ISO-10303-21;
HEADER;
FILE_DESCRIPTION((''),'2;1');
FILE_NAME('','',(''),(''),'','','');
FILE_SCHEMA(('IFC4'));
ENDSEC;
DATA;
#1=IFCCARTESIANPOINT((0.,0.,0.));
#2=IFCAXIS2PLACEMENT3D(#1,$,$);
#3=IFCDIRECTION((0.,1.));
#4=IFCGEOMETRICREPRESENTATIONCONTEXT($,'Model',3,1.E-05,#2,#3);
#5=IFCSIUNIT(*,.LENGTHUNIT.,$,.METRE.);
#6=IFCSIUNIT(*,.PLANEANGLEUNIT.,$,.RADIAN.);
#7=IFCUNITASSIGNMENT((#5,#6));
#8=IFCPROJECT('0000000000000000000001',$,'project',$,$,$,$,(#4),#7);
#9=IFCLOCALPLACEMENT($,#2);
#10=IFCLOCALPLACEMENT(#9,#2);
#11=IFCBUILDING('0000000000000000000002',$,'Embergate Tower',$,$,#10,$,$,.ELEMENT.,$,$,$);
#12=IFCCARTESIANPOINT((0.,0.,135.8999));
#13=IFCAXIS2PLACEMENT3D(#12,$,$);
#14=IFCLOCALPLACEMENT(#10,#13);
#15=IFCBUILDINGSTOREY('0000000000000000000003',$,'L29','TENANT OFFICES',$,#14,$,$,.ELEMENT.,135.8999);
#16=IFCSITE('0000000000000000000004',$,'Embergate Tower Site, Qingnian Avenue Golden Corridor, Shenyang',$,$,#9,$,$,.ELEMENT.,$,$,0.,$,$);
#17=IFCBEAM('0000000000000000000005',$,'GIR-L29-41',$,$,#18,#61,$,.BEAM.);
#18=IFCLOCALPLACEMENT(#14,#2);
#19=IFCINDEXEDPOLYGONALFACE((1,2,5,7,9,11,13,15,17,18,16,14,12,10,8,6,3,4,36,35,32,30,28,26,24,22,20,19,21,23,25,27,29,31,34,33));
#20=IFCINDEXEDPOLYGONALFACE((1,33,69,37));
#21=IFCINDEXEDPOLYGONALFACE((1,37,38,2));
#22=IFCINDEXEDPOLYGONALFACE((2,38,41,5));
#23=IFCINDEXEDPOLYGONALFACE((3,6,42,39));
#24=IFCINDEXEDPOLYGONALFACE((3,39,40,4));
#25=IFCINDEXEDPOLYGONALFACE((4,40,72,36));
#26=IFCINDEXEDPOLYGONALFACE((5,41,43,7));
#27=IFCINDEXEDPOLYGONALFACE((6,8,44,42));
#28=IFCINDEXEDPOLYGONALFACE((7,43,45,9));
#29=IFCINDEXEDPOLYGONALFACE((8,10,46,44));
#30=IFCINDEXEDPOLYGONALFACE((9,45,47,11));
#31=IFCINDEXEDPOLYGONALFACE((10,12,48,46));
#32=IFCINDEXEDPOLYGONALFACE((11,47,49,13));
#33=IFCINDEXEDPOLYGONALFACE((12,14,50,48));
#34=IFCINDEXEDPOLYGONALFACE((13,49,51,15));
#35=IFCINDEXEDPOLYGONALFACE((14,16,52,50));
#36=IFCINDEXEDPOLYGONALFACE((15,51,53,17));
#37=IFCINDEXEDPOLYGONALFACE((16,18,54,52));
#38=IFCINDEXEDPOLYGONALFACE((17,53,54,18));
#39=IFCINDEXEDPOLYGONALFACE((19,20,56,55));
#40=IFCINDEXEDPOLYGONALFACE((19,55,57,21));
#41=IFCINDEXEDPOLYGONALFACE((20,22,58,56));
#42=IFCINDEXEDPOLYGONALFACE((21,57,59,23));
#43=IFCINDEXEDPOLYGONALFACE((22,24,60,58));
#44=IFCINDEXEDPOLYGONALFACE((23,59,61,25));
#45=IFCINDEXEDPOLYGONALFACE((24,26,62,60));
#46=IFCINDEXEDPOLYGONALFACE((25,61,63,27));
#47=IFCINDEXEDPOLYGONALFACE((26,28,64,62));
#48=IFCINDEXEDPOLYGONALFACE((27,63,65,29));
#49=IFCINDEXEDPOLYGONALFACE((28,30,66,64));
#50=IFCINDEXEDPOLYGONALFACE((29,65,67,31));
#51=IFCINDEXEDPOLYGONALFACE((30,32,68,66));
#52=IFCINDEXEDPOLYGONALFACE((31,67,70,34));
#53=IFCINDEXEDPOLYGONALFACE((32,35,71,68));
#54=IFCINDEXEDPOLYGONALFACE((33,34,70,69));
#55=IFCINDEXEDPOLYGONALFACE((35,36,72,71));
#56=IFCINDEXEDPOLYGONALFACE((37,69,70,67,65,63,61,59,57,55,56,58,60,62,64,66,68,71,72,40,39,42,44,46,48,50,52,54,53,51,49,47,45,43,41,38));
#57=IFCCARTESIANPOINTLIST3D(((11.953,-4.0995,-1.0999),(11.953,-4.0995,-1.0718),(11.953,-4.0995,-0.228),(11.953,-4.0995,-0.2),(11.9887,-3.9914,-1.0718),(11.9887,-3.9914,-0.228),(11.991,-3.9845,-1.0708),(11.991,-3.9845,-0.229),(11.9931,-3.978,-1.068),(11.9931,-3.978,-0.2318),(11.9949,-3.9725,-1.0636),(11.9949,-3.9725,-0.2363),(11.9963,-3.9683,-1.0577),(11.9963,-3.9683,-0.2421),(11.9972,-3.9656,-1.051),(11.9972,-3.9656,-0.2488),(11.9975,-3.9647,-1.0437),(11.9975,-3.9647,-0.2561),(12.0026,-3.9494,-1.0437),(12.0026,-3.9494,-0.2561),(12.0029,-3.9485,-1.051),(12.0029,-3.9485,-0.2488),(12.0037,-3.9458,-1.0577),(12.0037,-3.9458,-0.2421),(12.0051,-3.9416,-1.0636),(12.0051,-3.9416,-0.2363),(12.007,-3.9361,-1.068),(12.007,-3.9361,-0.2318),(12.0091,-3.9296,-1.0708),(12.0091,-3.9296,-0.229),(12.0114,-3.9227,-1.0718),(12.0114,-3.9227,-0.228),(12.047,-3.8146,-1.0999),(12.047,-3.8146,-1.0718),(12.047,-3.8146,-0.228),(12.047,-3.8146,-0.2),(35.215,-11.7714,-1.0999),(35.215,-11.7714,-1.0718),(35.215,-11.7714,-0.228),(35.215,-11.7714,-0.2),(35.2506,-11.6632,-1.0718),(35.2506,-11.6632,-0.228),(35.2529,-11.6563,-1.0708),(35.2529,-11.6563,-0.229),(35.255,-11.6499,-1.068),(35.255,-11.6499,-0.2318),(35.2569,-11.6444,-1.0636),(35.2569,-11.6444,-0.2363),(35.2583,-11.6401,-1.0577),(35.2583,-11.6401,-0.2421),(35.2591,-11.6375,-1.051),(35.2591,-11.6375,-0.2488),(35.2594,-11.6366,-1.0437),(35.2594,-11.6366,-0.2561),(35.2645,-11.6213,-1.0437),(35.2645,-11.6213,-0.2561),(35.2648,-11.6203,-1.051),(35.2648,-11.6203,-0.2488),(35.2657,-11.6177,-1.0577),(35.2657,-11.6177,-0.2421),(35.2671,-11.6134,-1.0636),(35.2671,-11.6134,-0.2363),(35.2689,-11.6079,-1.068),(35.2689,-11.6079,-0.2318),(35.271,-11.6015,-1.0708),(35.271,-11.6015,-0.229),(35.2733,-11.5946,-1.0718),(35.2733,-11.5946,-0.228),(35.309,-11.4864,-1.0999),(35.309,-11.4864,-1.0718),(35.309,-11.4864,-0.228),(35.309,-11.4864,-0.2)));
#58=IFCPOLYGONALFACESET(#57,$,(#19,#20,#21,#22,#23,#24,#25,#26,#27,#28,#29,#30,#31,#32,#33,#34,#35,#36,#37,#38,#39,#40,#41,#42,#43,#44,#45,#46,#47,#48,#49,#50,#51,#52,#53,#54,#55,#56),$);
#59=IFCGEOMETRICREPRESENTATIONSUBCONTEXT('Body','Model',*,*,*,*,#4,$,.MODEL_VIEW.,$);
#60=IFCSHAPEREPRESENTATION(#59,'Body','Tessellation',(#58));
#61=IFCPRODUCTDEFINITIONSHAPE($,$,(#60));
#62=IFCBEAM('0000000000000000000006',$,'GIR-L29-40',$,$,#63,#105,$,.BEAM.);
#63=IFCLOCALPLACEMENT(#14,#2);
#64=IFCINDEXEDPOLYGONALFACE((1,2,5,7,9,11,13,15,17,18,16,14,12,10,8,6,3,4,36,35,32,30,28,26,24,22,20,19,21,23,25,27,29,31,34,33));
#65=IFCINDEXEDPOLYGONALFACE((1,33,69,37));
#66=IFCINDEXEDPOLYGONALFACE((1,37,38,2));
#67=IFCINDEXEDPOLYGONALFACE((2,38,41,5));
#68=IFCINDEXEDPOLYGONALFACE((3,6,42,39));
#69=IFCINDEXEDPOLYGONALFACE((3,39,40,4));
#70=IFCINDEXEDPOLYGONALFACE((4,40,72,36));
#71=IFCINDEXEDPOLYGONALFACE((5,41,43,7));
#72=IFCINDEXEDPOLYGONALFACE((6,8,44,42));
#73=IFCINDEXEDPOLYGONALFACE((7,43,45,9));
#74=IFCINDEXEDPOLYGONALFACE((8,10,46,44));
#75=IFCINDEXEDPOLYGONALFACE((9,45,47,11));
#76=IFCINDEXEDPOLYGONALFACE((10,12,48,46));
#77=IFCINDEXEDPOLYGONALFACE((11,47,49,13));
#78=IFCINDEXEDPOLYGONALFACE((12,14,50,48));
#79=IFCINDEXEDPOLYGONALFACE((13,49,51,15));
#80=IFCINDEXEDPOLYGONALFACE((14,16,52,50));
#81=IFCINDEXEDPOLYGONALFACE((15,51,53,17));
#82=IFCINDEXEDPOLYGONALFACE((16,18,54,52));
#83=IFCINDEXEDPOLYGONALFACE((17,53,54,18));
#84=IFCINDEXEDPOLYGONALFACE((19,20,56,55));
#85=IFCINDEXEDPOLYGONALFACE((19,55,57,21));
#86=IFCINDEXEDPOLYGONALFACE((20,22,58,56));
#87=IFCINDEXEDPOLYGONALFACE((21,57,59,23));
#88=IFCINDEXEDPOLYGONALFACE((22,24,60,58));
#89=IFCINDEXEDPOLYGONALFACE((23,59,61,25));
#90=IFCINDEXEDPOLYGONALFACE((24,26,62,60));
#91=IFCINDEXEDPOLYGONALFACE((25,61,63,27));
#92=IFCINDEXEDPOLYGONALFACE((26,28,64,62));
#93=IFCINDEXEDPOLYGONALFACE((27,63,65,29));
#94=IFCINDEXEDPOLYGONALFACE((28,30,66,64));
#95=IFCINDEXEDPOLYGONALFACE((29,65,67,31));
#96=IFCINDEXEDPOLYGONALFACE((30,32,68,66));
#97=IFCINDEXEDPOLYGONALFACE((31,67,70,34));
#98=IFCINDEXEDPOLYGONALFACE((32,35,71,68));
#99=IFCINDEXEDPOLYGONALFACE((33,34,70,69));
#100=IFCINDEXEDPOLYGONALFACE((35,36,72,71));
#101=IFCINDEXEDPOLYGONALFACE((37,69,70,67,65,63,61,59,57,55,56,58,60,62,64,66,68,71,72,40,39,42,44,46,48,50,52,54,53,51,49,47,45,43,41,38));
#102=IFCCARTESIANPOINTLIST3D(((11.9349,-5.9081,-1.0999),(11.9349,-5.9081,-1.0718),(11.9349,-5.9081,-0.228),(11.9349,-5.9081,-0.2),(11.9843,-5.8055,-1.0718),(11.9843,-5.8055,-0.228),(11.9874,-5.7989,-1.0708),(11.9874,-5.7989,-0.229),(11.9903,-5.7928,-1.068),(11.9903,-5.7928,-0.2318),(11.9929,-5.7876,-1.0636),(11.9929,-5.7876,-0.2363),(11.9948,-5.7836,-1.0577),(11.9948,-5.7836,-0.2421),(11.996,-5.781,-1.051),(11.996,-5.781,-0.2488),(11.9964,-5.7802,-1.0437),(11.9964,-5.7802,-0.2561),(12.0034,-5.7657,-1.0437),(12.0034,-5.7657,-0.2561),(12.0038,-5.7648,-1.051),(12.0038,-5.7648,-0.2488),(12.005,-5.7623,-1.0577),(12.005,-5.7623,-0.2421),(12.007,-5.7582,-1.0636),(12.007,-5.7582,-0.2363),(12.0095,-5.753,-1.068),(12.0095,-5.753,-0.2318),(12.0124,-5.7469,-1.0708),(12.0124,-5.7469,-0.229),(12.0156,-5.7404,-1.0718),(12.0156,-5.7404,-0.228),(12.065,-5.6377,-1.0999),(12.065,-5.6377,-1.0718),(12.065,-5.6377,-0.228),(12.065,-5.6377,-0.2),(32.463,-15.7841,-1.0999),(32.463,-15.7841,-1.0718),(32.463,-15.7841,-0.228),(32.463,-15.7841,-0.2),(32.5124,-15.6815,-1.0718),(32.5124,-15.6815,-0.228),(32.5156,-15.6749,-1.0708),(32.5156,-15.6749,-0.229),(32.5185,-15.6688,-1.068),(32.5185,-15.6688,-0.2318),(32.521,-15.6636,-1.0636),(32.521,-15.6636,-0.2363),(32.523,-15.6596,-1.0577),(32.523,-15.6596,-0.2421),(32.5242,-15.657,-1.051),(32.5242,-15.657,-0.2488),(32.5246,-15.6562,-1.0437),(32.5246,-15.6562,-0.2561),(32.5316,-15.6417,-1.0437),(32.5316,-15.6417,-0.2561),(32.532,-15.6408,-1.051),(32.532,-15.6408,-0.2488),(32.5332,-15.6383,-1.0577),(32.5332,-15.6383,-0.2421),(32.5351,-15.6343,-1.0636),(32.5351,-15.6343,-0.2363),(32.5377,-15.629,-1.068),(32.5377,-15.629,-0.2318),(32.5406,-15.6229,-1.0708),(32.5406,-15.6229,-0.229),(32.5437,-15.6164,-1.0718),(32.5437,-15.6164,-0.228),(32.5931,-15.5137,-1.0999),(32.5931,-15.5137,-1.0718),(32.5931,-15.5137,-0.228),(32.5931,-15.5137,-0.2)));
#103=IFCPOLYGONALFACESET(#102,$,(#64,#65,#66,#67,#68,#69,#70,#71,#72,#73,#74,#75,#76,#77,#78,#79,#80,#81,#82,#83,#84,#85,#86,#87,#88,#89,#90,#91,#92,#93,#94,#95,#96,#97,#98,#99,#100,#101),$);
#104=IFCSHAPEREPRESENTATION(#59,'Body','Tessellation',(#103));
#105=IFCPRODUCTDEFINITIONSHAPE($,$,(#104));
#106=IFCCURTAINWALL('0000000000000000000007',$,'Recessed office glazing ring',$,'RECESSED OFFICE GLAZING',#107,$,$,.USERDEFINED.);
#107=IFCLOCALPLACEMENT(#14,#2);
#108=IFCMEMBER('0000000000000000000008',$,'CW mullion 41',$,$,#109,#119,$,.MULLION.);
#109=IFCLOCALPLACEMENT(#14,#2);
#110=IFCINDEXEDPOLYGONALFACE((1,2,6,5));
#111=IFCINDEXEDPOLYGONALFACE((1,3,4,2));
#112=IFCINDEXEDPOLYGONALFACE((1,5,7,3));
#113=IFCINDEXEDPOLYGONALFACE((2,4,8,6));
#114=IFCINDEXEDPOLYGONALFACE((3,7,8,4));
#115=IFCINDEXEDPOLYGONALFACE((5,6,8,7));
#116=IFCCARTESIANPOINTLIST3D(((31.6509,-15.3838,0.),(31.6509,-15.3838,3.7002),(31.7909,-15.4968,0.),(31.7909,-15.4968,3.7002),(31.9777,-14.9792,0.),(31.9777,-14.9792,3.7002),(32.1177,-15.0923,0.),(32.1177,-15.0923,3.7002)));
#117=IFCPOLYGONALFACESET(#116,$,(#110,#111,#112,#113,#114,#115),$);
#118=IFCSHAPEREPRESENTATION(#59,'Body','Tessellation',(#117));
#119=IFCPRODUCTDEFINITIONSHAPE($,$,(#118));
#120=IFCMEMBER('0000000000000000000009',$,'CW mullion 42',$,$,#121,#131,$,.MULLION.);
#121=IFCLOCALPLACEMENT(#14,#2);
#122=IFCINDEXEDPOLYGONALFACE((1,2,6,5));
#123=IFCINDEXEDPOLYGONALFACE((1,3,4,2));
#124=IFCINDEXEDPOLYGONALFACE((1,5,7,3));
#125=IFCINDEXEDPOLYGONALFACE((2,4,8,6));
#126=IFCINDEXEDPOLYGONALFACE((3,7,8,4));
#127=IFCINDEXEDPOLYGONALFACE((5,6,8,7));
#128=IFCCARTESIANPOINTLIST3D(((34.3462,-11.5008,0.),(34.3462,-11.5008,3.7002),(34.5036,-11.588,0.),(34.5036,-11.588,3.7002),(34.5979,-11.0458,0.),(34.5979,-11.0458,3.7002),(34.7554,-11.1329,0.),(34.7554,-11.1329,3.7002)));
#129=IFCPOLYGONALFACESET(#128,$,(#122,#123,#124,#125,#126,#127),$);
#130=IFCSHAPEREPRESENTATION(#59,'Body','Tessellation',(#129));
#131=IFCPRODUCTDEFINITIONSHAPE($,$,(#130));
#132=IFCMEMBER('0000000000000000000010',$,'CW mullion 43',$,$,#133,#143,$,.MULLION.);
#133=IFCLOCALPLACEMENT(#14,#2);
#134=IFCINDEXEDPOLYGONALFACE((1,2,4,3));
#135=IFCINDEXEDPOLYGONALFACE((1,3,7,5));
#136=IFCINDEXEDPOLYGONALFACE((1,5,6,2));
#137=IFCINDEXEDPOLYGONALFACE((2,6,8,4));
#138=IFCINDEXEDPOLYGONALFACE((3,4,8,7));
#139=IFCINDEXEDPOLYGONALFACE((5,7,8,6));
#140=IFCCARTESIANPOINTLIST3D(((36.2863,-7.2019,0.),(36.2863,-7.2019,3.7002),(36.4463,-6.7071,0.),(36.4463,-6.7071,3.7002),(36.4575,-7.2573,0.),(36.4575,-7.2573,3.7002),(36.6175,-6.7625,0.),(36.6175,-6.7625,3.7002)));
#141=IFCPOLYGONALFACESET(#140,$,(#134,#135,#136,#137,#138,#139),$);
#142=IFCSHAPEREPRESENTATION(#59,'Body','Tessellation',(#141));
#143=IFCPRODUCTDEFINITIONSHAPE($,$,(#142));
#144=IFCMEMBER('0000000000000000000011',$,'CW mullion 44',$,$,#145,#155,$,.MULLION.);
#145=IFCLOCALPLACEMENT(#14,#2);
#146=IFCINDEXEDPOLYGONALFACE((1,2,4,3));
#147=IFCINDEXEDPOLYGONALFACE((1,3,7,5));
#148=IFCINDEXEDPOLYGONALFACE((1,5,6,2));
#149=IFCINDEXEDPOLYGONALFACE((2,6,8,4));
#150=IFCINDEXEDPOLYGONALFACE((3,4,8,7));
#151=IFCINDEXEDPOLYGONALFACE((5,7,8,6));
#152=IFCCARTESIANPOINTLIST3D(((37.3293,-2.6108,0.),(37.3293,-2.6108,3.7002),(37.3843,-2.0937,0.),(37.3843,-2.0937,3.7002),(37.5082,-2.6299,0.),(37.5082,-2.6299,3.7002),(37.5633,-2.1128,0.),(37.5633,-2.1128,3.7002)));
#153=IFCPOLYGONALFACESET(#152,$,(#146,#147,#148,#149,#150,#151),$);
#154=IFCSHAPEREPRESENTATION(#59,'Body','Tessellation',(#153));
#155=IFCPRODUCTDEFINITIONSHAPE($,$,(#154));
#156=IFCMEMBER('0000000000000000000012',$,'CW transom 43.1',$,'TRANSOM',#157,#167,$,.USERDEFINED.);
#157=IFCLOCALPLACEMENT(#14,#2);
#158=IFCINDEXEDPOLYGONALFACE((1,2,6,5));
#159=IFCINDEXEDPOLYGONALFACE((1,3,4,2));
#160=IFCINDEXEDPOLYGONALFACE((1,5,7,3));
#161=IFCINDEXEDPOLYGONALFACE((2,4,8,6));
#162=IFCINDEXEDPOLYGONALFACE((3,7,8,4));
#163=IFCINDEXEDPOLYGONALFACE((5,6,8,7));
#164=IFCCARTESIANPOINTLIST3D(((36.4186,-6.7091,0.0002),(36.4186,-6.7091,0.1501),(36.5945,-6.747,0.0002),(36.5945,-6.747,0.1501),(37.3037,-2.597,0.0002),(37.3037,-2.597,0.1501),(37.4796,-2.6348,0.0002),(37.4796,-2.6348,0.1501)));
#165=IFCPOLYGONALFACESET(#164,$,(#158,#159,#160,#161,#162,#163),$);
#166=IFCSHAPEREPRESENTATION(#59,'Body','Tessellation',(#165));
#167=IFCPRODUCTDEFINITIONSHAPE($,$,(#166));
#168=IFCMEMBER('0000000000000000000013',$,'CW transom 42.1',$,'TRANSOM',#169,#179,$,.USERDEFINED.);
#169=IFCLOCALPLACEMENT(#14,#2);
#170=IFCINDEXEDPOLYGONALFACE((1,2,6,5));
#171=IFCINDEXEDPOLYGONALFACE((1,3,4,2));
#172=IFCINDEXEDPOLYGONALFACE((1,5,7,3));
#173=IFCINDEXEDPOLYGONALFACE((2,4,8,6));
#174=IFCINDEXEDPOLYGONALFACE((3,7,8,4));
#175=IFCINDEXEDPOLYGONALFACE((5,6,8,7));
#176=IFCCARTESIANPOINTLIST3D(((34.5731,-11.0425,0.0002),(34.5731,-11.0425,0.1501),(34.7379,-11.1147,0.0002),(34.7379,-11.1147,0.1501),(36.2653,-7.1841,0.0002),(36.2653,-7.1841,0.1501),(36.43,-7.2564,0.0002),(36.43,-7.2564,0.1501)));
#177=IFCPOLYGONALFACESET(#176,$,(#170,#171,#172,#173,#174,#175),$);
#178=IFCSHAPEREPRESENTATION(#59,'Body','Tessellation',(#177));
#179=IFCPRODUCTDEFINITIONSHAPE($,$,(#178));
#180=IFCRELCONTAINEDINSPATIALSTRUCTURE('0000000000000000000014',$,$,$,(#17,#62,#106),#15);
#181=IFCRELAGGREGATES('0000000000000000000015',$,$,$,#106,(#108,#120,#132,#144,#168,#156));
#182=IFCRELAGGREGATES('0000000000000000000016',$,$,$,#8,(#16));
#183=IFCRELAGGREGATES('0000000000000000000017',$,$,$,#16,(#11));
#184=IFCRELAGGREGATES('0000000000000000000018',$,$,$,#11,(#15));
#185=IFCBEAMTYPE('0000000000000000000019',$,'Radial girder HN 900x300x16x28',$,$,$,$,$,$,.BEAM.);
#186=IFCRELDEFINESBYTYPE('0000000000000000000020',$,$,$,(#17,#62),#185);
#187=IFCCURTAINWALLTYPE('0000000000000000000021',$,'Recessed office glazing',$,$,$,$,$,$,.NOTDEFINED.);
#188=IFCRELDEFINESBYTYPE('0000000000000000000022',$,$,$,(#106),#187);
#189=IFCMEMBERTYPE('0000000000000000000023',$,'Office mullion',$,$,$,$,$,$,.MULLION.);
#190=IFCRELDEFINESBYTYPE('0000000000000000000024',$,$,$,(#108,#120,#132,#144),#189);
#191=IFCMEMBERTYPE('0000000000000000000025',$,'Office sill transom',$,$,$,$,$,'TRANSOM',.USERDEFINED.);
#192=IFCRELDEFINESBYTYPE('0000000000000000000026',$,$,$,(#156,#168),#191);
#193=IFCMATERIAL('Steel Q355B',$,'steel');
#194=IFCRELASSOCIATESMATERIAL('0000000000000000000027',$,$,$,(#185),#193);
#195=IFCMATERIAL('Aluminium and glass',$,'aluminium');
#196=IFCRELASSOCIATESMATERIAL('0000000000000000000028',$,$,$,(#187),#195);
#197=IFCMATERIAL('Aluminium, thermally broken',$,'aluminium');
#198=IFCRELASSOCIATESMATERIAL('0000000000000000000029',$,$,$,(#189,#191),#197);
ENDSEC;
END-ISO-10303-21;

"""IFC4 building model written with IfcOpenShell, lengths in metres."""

from ifc_helpers import new_model, si_unit, direction, frame, origin, origin_2d, place, context, subcontext, project, spatial, rectangle, i_section, extrude, source, transform, mapped, material, material_profile, profile_set, type_object, element, aggregate, save


model = new_model("IFC4")

# Units and contexts
model_context = context("Model", 3, precision=1e-05, world=origin(), true_north=direction((0.0, 1.0)))
body_context = subcontext(model_context, "Body", "Model", "MODEL_VIEW")
ifc_project = project(units=[si_unit("LENGTHUNIT", "METRE"), si_unit("PLANEANGLEUNIT", "RADIAN")], contexts=[model_context])

# Site, building, storey
site_placement = place(None, origin())
site = spatial("IfcSite", under=ifc_project, at=site_placement, Name="Embergate Tower Site, Qingnian Avenue Golden Corridor, Shenyang", CompositionType="ELEMENT", RefElevation=0.0)
building_placement = place(site_placement, origin())
building = spatial("IfcBuilding", under=site, at=building_placement, Name="Embergate Tower", CompositionType="ELEMENT")
storey_placement = place(building_placement, frame((0.0, 0.0, 135.8999)))
storey = spatial("IfcBuildingStorey", under=building, at=storey_placement, Name="L29", Description="TENANT OFFICES", CompositionType="ELEMENT", Elevation=135.8999)

# Beams
ifc_material_1 = material(Name="Steel Q355B", Category="steel")
ifc_material_profile_1 = material_profile(ifc_material_1, i_section(OverallWidth=0.3, OverallDepth=0.8999, WebThickness=0.0161, FlangeThickness=0.0281, FilletRadius=0.0281, at=origin_2d()), Name="HN 900x300x16x28")
ifc_profile_set_1 = profile_set([ifc_material_profile_1], Name="Steel Q355 grade B")
beam_type_1 = type_object("IfcBeamType", Name="Radial girder HN 900x300x16x28", PredefinedType="BEAM", material=ifc_profile_set_1)
shared_shape_1 = source(origin(), body_context, "Body", "SweptSolid", [
    extrude(i_section(OverallWidth=0.3, OverallDepth=0.8999, WebThickness=0.0161, FlangeThickness=0.0281, FilletRadius=0.0281, at=origin_2d()), origin(), (0.0, 0.0, 1.0), 24.4944),
])
beam_1_placement = place(storey_placement, frame((35.262, -11.6289, -0.6499), z_axis=(-0.949684, 0.313209, 0.0), x_axis=(-0.313209, -0.949684, 0.0)))
element("IfcBeam", 1, at=beam_1_placement, inside=storey, type_object=beam_type_1, Name="GIR-L29-41", PredefinedType="BEAM", context=body_context, shape_type="MappedRepresentation", body=[
    mapped(shared_shape_1, transform((0.0, 0.0, 0.0))),
])
shared_shape_2 = source(origin(), body_context, "Body", "SweptSolid", [
    extrude(i_section(OverallWidth=0.3, OverallDepth=0.8999, WebThickness=0.0161, FlangeThickness=0.0281, FilletRadius=0.0281, at=origin_2d()), origin(), (0.0, 0.0, 1.0), 22.7803),
])
beam_2_placement = place(storey_placement, frame((32.5281, -15.6489, -0.6499), z_axis=(-0.901137, 0.433534, 0.0), x_axis=(-0.433534, -0.901137, 0.0)))
element("IfcBeam", 2, at=beam_2_placement, inside=storey, type_object=beam_type_1, Name="GIR-L29-40", PredefinedType="BEAM", context=body_context, shape_type="MappedRepresentation", body=[
    mapped(shared_shape_2, transform((0.0, 0.0, 0.0))),
])

# Curtain wall, members
ifc_material_2 = material(Name="Aluminium and glass", Category="aluminium")
curtain_wall_type = type_object("IfcCurtainWallType", Name="Recessed office glazing", PredefinedType="NOTDEFINED", material=ifc_material_2)
curtain_wall_placement = place(storey_placement, origin())
curtain_wall = element("IfcCurtainWall", 3, at=curtain_wall_placement, inside=storey, type_object=curtain_wall_type, Name="Recessed office glazing ring", ObjectType="RECESSED OFFICE GLAZING", PredefinedType="USERDEFINED")
ifc_material_3 = material(Name="Aluminium, thermally broken", Category="aluminium")
ifc_material_profile_2 = material_profile(ifc_material_3, rectangle(XDim=0.1799, YDim=0.52, at=origin_2d()), Name="AL 520x180")
ifc_profile_set_2 = profile_set([ifc_material_profile_2], Name="Aluminium, thermally broken")
member_type_1 = type_object("IfcMemberType", Name="Office mullion", PredefinedType="MULLION", material=ifc_profile_set_2)
shared_shape_3 = source(origin(), body_context, "Body", "SweptSolid", [
    extrude(rectangle(XDim=0.1799, YDim=0.52, at=origin_2d()), origin(), (0.0, 0.0, 1.0), 3.7002),
])
member_1_placement = place(storey_placement, frame((31.8843, -15.238, 0.0), z_axis=(0.0, 0.0, 1.0), x_axis=(-0.777871, 0.628423, 0.0)))
member_1 = element("IfcMember", 4, at=member_1_placement, type_object=member_type_1, Name="CW mullion 41", PredefinedType="MULLION", context=body_context, shape_type="MappedRepresentation", body=[
    mapped(shared_shape_3, transform((0.0, 0.0, 0.0))),
])
member_2_placement = place(storey_placement, frame((34.5508, -11.3169, 0.0), z_axis=(0.0, 0.0, 1.0), x_axis=(-0.875002, 0.484119, 0.0)))
member_2 = element("IfcMember", 5, at=member_2_placement, type_object=member_type_1, Name="CW mullion 42", PredefinedType="MULLION", context=body_context, shape_type="MappedRepresentation", body=[
    mapped(shared_shape_3, transform((0.0, 0.0, 0.0))),
])
member_3_placement = place(storey_placement, frame((36.4519, -6.9822, 0.0), z_axis=(0.0, 0.0, 1.0), x_axis=(-0.951498, 0.307656, 0.0)))
member_3 = element("IfcMember", 6, at=member_3_placement, type_object=member_type_1, Name="CW mullion 43", PredefinedType="MULLION", context=body_context, shape_type="MappedRepresentation", body=[
    mapped(shared_shape_3, transform((0.0, 0.0, 0.0))),
])
member_4_placement = place(storey_placement, frame((37.4463, -2.3618, 0.0), z_axis=(0.0, 0.0, 1.0), x_axis=(-0.994385, 0.105823, 0.0)))
member_4 = element("IfcMember", 7, at=member_4_placement, type_object=member_type_1, Name="CW mullion 44", PredefinedType="MULLION", context=body_context, shape_type="MappedRepresentation", body=[
    mapped(shared_shape_3, transform((0.0, 0.0, 0.0))),
])
ifc_material_profile_3 = material_profile(ifc_material_3, rectangle(XDim=0.1799, YDim=0.1499, at=origin_2d()), Name="AL 150x180")
ifc_profile_set_3 = profile_set([ifc_material_profile_3], Name="Aluminium, thermally broken")
member_type_2 = type_object("IfcMemberType", Name="Office sill transom", ElementType="TRANSOM", PredefinedType="USERDEFINED", material=ifc_profile_set_3)
shared_shape_4 = source(origin(), body_context, "Body", "SweptSolid", [
    extrude(rectangle(XDim=0.1799, YDim=0.1499, at=origin_2d()), origin(), (0.0, 0.0, 1.0), 4.2063),
])
member_5_placement = place(storey_placement, frame((36.5066, -6.728, 0.0752), z_axis=(0.210405, 0.977614, 0.0), x_axis=(-0.977614, 0.210405, 0.0)))
member_5 = element("IfcMember", 8, at=member_5_placement, type_object=member_type_2, Name="CW transom 43.1", ObjectType="TRANSOM", PredefinedType="USERDEFINED", context=body_context, shape_type="MappedRepresentation", body=[
    mapped(shared_shape_4, transform((0.0, 0.0, 0.0))),
])
shared_shape_5 = source(origin(), body_context, "Body", "SweptSolid", [
    extrude(rectangle(XDim=0.1799, YDim=0.1499, at=origin_2d()), origin(), (0.0, 0.0, 1.0), 4.2131),
])
member_6_placement = place(storey_placement, frame((34.6555, -11.0786, 0.0752), z_axis=(0.401633, 0.915801, 0.0), x_axis=(-0.915801, 0.401633, 0.0)))
member_6 = element("IfcMember", 9, at=member_6_placement, type_object=member_type_2, Name="CW transom 42.1", ObjectType="TRANSOM", PredefinedType="USERDEFINED", context=body_context, shape_type="MappedRepresentation", body=[
    mapped(shared_shape_5, transform((0.0, 0.0, 0.0))),
])
aggregate(curtain_wall, [member_1, member_2, member_3, member_4, member_6, member_5])

save(model, "model.ifc")
